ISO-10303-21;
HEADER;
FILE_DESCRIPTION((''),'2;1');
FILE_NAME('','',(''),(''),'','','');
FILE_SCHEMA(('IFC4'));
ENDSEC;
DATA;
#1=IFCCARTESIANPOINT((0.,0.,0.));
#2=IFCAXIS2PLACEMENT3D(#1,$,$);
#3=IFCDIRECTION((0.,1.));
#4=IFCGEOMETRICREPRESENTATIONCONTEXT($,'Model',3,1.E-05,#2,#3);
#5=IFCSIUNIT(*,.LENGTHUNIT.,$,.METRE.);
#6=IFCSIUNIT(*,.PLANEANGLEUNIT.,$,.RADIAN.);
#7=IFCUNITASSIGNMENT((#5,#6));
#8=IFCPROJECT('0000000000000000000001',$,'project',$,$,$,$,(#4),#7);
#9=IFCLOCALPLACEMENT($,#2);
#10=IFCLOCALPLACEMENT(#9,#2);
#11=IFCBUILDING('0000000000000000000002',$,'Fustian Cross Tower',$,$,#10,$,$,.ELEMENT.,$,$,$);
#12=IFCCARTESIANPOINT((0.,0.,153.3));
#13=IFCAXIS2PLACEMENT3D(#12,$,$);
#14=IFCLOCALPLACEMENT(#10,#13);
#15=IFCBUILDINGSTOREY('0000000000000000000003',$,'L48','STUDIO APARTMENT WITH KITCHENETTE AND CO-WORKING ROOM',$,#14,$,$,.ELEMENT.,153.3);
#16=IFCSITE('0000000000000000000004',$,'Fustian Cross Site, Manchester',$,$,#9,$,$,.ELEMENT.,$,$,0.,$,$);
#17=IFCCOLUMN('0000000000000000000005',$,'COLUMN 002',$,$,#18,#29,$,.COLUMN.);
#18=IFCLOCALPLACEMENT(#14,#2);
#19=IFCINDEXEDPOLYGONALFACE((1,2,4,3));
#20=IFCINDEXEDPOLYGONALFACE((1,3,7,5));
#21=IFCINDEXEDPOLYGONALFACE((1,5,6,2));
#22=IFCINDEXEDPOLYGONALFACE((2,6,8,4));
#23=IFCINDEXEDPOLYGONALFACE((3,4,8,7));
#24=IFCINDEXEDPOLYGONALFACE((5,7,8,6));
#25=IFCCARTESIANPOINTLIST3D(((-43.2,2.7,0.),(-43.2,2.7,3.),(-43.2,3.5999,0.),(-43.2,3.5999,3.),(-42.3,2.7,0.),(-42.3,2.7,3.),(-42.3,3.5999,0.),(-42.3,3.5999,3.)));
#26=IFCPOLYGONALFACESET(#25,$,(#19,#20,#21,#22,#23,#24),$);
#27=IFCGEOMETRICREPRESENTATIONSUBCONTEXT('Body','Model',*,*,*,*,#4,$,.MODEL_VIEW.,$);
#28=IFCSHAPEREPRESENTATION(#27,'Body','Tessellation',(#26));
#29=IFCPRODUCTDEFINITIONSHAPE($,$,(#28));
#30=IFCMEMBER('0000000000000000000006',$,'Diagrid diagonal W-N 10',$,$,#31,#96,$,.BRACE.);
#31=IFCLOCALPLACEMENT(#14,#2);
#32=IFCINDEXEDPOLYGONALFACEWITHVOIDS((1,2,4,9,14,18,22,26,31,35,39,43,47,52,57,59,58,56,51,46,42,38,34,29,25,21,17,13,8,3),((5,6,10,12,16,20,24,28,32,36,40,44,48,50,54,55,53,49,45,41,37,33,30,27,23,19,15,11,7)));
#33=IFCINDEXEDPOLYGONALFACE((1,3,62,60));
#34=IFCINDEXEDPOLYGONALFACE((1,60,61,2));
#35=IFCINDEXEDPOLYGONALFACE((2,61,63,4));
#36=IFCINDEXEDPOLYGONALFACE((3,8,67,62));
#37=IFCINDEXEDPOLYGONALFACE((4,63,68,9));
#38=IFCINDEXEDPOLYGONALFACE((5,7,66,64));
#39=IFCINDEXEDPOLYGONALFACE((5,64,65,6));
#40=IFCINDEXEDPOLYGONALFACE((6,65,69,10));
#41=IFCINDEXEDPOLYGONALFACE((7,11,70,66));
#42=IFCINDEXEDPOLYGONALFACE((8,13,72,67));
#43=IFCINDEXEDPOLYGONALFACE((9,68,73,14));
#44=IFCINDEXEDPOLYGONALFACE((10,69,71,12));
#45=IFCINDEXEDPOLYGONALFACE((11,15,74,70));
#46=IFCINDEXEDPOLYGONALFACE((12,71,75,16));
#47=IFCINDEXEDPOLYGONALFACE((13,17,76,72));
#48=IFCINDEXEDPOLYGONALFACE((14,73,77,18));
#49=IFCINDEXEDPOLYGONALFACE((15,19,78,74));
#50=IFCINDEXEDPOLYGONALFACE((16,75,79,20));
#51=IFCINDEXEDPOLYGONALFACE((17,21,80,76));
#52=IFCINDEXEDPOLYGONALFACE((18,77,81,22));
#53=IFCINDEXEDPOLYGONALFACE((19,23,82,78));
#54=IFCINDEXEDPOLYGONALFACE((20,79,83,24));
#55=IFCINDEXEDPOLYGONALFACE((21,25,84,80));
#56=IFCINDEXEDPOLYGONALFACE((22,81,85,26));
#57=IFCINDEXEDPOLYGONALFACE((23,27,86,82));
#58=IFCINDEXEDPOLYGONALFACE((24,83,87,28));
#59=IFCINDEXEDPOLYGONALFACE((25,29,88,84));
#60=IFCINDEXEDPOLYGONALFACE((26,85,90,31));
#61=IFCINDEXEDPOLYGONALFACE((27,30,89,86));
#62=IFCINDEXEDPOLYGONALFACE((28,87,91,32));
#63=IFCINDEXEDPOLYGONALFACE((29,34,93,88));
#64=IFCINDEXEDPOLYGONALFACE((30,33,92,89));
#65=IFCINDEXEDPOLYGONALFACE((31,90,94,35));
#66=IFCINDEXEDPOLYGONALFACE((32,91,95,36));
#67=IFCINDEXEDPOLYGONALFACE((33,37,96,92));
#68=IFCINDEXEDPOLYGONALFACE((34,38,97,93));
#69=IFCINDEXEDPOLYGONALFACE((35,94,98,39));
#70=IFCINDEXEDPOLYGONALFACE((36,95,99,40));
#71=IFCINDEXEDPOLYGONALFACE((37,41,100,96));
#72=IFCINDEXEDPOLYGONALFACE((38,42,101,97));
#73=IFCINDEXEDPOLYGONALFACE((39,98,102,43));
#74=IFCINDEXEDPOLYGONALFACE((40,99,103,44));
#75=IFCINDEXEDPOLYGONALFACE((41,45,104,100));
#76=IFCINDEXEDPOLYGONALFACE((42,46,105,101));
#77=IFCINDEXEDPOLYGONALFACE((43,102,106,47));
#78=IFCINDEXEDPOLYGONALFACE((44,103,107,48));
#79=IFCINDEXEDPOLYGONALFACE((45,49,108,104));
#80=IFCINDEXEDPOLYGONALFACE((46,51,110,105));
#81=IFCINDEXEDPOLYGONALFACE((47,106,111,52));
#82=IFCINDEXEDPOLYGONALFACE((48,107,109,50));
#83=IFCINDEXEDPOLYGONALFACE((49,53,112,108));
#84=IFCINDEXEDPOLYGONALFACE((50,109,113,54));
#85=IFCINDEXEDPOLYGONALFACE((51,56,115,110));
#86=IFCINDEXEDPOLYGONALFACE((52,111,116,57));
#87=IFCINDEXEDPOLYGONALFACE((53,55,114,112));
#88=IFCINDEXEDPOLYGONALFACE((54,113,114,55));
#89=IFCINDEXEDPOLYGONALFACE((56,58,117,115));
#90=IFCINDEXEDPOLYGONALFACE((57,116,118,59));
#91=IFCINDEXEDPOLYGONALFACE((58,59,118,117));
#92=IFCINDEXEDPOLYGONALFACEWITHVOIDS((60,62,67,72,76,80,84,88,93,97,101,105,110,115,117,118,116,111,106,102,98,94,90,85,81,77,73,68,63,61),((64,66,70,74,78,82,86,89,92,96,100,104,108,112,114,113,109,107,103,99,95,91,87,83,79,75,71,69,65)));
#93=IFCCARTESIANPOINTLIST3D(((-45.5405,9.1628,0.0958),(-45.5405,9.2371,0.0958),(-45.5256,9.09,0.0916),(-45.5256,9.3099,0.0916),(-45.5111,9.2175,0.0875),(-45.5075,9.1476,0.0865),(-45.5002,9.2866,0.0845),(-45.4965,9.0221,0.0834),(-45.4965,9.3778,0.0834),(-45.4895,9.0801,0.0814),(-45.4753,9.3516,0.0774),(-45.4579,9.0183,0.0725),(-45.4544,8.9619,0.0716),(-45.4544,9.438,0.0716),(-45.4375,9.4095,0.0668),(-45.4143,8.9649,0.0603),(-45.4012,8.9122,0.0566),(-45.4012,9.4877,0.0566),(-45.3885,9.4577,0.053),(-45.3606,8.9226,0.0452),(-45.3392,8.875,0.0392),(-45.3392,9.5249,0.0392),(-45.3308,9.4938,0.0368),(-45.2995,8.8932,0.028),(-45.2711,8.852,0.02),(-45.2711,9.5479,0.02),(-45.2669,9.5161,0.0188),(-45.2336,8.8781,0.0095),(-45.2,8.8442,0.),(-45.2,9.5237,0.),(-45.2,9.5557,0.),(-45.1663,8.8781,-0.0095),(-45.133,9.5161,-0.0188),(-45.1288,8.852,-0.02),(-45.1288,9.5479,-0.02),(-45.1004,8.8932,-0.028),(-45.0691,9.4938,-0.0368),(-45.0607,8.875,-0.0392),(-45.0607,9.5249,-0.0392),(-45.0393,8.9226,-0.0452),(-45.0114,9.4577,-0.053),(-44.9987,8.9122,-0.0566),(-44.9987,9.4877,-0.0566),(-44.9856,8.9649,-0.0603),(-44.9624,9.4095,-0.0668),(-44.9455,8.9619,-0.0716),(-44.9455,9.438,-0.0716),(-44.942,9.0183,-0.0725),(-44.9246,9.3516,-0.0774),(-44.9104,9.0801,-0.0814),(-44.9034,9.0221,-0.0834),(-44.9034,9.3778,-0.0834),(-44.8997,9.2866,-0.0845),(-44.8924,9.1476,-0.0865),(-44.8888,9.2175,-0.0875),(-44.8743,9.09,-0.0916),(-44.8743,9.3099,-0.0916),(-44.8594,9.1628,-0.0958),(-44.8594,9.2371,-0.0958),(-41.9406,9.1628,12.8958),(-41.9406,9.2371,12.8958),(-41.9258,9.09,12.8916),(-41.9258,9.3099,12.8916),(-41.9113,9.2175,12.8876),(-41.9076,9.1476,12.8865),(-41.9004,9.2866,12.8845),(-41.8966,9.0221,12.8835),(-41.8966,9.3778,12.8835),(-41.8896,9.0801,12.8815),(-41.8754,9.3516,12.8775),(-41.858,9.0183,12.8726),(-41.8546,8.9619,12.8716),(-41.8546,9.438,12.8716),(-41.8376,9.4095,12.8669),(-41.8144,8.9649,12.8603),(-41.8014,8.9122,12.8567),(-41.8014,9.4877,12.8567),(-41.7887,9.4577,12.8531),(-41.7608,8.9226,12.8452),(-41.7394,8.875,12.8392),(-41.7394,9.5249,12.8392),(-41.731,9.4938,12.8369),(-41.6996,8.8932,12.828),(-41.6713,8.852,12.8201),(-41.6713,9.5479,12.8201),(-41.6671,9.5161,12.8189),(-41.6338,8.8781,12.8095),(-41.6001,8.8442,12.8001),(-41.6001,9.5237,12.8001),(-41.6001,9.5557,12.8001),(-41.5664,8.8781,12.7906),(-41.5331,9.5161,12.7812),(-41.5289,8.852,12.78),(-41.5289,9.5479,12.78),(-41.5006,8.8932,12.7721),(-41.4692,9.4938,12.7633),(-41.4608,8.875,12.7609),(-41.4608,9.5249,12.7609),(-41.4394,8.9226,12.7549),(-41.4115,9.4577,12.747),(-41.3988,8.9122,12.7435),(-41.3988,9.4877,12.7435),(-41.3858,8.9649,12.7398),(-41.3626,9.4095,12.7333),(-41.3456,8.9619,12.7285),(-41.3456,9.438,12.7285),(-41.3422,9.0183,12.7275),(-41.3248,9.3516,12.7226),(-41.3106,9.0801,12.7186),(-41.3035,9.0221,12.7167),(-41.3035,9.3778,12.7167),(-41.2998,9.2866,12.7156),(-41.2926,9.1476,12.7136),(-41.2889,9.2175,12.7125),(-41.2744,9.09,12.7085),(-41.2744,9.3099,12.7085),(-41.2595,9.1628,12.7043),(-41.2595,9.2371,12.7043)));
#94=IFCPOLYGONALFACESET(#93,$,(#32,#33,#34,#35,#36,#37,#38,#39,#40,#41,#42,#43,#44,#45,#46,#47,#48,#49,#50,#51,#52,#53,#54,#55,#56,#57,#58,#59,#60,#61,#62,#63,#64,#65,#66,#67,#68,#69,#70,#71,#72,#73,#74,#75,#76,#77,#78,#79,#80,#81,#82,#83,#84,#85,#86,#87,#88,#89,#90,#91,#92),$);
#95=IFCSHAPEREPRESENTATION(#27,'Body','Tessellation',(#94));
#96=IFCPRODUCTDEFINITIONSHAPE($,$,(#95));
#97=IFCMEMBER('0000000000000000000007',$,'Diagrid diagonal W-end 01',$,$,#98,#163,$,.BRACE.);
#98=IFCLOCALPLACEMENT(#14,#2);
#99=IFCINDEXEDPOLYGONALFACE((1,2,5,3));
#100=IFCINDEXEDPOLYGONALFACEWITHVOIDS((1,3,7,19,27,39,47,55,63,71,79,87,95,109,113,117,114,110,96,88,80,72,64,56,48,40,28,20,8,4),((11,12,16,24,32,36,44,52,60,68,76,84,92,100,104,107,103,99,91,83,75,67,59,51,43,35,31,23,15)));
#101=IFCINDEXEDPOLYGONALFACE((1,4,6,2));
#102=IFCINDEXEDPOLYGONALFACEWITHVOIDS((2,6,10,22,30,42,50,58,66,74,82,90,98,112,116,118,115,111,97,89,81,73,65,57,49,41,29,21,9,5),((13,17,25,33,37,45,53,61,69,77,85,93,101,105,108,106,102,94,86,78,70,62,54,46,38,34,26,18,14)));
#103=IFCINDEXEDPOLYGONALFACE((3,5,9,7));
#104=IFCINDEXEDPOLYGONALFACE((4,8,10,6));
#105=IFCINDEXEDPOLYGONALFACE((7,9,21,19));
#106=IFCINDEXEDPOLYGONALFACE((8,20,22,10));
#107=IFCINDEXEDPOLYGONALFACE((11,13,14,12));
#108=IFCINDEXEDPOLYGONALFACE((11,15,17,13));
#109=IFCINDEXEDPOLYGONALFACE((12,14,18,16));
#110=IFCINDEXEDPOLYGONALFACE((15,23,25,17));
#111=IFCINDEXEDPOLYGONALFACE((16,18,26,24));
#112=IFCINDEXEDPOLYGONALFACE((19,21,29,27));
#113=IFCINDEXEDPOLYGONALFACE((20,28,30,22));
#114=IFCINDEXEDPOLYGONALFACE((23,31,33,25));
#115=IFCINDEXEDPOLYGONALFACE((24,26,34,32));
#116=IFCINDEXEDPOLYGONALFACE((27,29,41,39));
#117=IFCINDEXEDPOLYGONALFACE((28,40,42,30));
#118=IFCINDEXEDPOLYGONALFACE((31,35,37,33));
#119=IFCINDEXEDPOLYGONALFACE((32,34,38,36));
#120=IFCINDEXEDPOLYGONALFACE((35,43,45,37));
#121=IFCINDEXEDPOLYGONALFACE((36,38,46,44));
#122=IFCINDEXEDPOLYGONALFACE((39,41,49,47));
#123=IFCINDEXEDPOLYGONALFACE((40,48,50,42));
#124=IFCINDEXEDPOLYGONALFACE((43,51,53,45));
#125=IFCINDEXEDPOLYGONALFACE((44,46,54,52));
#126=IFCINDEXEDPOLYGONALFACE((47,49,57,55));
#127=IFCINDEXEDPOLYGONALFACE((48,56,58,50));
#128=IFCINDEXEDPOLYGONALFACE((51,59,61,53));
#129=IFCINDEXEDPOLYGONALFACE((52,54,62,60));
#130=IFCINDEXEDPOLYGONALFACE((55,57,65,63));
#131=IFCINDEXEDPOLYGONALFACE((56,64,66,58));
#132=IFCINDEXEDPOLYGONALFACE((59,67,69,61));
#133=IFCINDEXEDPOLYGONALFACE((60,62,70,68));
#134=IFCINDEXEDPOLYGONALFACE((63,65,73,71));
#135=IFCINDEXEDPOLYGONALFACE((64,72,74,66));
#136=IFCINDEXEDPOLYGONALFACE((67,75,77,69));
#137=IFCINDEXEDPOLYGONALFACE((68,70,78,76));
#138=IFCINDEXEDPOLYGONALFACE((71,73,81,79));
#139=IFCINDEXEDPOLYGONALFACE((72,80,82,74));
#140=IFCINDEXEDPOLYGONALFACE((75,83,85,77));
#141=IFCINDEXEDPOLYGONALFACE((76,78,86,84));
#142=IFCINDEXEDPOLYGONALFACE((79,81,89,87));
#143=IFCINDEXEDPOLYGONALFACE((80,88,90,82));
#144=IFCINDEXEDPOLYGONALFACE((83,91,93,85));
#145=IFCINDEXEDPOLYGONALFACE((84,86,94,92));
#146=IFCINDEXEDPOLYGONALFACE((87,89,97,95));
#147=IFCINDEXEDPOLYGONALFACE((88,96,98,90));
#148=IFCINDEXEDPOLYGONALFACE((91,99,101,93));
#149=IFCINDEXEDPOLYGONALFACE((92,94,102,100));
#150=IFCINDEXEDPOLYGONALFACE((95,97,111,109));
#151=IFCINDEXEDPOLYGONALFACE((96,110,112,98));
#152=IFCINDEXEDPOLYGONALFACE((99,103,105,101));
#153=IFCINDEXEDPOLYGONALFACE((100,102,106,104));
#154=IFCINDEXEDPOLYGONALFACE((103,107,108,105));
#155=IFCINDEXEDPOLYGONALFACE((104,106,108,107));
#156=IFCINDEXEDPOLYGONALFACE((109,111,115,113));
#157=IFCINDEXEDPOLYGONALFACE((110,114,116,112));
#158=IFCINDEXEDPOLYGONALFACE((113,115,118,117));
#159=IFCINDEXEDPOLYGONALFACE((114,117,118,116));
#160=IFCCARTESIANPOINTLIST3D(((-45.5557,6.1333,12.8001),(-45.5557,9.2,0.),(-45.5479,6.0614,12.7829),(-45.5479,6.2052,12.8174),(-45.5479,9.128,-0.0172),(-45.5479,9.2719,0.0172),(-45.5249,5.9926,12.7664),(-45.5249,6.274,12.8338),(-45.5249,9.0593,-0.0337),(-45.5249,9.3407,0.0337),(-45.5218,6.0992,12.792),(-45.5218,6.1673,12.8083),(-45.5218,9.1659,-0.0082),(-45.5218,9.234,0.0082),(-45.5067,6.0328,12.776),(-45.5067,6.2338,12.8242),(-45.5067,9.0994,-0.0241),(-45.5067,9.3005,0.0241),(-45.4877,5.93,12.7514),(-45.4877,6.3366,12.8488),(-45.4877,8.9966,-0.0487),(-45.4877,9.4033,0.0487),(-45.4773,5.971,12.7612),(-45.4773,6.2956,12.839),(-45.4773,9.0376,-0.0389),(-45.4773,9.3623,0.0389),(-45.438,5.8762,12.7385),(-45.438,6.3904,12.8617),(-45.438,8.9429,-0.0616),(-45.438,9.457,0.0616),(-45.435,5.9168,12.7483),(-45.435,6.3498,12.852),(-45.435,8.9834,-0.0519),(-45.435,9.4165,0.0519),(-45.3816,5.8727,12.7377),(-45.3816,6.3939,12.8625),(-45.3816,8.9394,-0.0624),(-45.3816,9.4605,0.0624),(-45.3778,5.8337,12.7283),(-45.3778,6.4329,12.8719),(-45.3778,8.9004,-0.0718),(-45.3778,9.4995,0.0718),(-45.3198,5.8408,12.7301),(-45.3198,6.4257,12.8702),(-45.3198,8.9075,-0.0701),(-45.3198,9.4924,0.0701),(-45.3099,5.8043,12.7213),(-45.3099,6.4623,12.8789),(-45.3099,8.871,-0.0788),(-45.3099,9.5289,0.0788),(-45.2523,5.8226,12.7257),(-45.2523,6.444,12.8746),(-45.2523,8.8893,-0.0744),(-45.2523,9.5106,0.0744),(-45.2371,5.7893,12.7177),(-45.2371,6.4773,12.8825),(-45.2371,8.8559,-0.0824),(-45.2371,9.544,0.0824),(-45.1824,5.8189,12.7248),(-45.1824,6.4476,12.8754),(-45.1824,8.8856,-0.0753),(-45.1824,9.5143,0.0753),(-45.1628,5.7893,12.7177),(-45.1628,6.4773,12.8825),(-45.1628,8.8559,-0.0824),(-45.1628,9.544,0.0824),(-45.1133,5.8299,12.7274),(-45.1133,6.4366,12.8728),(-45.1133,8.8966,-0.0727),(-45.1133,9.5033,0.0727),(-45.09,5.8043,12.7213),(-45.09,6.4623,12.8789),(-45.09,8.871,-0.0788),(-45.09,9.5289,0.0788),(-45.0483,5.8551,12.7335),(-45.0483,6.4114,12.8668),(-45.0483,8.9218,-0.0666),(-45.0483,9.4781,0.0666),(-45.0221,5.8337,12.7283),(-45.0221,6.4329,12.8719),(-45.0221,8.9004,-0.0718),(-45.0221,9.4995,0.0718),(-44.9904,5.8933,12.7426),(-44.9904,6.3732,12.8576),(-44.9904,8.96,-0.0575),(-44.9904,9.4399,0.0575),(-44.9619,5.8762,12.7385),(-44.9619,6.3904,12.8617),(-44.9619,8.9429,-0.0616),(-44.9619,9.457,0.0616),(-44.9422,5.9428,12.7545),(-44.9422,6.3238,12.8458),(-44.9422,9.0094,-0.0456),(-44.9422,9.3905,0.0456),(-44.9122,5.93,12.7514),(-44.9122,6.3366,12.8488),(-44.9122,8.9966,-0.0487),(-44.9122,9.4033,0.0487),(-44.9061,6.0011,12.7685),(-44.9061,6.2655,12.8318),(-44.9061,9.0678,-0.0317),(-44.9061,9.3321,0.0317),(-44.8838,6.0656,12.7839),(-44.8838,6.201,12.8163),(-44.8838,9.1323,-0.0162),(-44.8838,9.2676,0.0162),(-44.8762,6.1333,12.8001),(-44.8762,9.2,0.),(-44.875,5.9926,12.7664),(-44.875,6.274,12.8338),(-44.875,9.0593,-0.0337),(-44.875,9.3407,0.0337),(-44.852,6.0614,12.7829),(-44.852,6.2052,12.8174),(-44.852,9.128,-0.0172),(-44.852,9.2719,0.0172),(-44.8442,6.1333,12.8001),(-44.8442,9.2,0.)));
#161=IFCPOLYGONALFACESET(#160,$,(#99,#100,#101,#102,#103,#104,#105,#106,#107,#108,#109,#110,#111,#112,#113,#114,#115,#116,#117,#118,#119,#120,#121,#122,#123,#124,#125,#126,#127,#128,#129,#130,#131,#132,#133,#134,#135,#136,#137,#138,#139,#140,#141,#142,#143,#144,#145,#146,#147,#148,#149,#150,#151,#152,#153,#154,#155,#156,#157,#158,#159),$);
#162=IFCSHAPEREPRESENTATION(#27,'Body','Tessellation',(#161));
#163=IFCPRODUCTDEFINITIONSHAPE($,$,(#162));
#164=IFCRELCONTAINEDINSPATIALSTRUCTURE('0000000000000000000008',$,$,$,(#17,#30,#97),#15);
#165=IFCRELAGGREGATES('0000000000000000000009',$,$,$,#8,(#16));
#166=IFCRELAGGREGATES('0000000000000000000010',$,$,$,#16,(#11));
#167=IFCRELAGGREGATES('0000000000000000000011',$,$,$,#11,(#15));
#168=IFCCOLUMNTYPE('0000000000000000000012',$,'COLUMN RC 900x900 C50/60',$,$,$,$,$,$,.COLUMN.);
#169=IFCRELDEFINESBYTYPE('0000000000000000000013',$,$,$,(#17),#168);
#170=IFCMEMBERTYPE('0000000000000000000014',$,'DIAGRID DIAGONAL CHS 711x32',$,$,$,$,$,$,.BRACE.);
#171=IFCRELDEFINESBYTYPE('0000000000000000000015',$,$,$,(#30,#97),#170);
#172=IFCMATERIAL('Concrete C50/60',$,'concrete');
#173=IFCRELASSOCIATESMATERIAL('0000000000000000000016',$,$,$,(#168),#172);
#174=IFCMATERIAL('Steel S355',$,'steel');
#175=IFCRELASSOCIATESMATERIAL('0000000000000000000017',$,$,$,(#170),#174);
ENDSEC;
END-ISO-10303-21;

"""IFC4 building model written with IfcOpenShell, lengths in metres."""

from ifc_helpers import new_model, si_unit, direction, frame, origin, origin_2d, place, context, subcontext, project, spatial, rectangle, hollow_circle, extrude, material, material_profile, profile_set, type_object, element, save


model = new_model("IFC4")

# Units and contexts
model_context = context("Model", 3, precision=1e-05, world=origin(), true_north=direction((0.0, 1.0)))
body_context = subcontext(model_context, "Body", "Model", "MODEL_VIEW")
ifc_project = project(units=[si_unit("LENGTHUNIT", "METRE"), si_unit("PLANEANGLEUNIT", "RADIAN")], contexts=[model_context])

# Site, building, storey
site_placement = place(None, origin())
site = spatial("IfcSite", under=ifc_project, at=site_placement, Name="Fustian Cross Site, Manchester", CompositionType="ELEMENT", RefElevation=0.0)
building_placement = place(site_placement, origin())
building = spatial("IfcBuilding", under=site, at=building_placement, Name="Fustian Cross Tower", CompositionType="ELEMENT")
storey_placement = place(building_placement, frame((0.0, 0.0, 153.3)))
storey = spatial("IfcBuildingStorey", under=building, at=storey_placement, Name="L48", Description="STUDIO APARTMENT WITH KITCHENETTE AND CO-WORKING ROOM", CompositionType="ELEMENT", Elevation=153.3)

# Column
ifc_material_1 = material(Name="Concrete C50/60", Category="concrete")
ifc_material_profile_1 = material_profile(ifc_material_1, rectangle(XDim=0.8999, YDim=0.8999, at=origin_2d()), Name="RC 900x900")
ifc_profile_set_1 = profile_set([ifc_material_profile_1], Name="Concrete C50/60")
column_type = type_object("IfcColumnType", Name="COLUMN RC 900x900 C50/60", PredefinedType="COLUMN", material=ifc_profile_set_1)
column_placement = place(storey_placement, frame((-42.75, 3.1499, 0.0), z_axis=(0.0, 0.0, 1.0), x_axis=(1.0, 0.0, 0.0)))
element("IfcColumn", 1, at=column_placement, inside=storey, type_object=column_type, Name="COLUMN 002", PredefinedType="COLUMN", context=body_context, shape_type="SweptSolid", body=[
    extrude(rectangle(XDim=0.8999, YDim=0.8999, at=origin_2d()), origin(), (0.0, 0.0, 1.0), 3.0),
])

# Members
ifc_material_2 = material(Name="Steel S355", Category="steel")
ifc_material_profile_2 = material_profile(ifc_material_2, hollow_circle(Radius=0.3557, WallThickness=0.032, at=origin_2d()), Name="CHS 711x32")
ifc_profile_set_2 = profile_set([ifc_material_profile_2], Name="Steel S355")
member_type = type_object("IfcMemberType", Name="DIAGRID DIAGONAL CHS 711x32", PredefinedType="BRACE", material=ifc_profile_set_2)
member_placement = place(storey_placement, frame((-45.2, 9.2, 0.0), z_axis=(0.270734, 0.0, 0.962654), x_axis=(0.0, 1.0, 0.0)))
element("IfcMember", 2, at=member_placement, inside=storey, type_object=member_type, Name="Diagrid diagonal W-N 10", PredefinedType="BRACE", context=body_context, shape_type="SweptSolid", body=[
    extrude(hollow_circle(Radius=0.3557, WallThickness=0.032, at=origin_2d()), origin(), (0.0, 0.0, 1.0), 13.2966),
])
for number, where, z_axis, x_axis, name in (
    (3, (-45.2, 9.2, 0.0), (0.0, -0.232988, 0.97248), (1.0, 0.0, 0.0), "Diagrid diagonal W-end 01"),
):
    element("IfcMember", number, at=place(storey_placement, frame(where, z_axis=z_axis, x_axis=x_axis)), inside=storey, type_object=member_type, Name=name, PredefinedType="BRACE", context=body_context, shape_type="SweptSolid", body=[
        extrude(hollow_circle(Radius=0.3557, WallThickness=0.032, at=origin_2d()), origin(), (0.0, 0.0, 1.0), 13.1624),
    ])

save(model, "model.ifc")
